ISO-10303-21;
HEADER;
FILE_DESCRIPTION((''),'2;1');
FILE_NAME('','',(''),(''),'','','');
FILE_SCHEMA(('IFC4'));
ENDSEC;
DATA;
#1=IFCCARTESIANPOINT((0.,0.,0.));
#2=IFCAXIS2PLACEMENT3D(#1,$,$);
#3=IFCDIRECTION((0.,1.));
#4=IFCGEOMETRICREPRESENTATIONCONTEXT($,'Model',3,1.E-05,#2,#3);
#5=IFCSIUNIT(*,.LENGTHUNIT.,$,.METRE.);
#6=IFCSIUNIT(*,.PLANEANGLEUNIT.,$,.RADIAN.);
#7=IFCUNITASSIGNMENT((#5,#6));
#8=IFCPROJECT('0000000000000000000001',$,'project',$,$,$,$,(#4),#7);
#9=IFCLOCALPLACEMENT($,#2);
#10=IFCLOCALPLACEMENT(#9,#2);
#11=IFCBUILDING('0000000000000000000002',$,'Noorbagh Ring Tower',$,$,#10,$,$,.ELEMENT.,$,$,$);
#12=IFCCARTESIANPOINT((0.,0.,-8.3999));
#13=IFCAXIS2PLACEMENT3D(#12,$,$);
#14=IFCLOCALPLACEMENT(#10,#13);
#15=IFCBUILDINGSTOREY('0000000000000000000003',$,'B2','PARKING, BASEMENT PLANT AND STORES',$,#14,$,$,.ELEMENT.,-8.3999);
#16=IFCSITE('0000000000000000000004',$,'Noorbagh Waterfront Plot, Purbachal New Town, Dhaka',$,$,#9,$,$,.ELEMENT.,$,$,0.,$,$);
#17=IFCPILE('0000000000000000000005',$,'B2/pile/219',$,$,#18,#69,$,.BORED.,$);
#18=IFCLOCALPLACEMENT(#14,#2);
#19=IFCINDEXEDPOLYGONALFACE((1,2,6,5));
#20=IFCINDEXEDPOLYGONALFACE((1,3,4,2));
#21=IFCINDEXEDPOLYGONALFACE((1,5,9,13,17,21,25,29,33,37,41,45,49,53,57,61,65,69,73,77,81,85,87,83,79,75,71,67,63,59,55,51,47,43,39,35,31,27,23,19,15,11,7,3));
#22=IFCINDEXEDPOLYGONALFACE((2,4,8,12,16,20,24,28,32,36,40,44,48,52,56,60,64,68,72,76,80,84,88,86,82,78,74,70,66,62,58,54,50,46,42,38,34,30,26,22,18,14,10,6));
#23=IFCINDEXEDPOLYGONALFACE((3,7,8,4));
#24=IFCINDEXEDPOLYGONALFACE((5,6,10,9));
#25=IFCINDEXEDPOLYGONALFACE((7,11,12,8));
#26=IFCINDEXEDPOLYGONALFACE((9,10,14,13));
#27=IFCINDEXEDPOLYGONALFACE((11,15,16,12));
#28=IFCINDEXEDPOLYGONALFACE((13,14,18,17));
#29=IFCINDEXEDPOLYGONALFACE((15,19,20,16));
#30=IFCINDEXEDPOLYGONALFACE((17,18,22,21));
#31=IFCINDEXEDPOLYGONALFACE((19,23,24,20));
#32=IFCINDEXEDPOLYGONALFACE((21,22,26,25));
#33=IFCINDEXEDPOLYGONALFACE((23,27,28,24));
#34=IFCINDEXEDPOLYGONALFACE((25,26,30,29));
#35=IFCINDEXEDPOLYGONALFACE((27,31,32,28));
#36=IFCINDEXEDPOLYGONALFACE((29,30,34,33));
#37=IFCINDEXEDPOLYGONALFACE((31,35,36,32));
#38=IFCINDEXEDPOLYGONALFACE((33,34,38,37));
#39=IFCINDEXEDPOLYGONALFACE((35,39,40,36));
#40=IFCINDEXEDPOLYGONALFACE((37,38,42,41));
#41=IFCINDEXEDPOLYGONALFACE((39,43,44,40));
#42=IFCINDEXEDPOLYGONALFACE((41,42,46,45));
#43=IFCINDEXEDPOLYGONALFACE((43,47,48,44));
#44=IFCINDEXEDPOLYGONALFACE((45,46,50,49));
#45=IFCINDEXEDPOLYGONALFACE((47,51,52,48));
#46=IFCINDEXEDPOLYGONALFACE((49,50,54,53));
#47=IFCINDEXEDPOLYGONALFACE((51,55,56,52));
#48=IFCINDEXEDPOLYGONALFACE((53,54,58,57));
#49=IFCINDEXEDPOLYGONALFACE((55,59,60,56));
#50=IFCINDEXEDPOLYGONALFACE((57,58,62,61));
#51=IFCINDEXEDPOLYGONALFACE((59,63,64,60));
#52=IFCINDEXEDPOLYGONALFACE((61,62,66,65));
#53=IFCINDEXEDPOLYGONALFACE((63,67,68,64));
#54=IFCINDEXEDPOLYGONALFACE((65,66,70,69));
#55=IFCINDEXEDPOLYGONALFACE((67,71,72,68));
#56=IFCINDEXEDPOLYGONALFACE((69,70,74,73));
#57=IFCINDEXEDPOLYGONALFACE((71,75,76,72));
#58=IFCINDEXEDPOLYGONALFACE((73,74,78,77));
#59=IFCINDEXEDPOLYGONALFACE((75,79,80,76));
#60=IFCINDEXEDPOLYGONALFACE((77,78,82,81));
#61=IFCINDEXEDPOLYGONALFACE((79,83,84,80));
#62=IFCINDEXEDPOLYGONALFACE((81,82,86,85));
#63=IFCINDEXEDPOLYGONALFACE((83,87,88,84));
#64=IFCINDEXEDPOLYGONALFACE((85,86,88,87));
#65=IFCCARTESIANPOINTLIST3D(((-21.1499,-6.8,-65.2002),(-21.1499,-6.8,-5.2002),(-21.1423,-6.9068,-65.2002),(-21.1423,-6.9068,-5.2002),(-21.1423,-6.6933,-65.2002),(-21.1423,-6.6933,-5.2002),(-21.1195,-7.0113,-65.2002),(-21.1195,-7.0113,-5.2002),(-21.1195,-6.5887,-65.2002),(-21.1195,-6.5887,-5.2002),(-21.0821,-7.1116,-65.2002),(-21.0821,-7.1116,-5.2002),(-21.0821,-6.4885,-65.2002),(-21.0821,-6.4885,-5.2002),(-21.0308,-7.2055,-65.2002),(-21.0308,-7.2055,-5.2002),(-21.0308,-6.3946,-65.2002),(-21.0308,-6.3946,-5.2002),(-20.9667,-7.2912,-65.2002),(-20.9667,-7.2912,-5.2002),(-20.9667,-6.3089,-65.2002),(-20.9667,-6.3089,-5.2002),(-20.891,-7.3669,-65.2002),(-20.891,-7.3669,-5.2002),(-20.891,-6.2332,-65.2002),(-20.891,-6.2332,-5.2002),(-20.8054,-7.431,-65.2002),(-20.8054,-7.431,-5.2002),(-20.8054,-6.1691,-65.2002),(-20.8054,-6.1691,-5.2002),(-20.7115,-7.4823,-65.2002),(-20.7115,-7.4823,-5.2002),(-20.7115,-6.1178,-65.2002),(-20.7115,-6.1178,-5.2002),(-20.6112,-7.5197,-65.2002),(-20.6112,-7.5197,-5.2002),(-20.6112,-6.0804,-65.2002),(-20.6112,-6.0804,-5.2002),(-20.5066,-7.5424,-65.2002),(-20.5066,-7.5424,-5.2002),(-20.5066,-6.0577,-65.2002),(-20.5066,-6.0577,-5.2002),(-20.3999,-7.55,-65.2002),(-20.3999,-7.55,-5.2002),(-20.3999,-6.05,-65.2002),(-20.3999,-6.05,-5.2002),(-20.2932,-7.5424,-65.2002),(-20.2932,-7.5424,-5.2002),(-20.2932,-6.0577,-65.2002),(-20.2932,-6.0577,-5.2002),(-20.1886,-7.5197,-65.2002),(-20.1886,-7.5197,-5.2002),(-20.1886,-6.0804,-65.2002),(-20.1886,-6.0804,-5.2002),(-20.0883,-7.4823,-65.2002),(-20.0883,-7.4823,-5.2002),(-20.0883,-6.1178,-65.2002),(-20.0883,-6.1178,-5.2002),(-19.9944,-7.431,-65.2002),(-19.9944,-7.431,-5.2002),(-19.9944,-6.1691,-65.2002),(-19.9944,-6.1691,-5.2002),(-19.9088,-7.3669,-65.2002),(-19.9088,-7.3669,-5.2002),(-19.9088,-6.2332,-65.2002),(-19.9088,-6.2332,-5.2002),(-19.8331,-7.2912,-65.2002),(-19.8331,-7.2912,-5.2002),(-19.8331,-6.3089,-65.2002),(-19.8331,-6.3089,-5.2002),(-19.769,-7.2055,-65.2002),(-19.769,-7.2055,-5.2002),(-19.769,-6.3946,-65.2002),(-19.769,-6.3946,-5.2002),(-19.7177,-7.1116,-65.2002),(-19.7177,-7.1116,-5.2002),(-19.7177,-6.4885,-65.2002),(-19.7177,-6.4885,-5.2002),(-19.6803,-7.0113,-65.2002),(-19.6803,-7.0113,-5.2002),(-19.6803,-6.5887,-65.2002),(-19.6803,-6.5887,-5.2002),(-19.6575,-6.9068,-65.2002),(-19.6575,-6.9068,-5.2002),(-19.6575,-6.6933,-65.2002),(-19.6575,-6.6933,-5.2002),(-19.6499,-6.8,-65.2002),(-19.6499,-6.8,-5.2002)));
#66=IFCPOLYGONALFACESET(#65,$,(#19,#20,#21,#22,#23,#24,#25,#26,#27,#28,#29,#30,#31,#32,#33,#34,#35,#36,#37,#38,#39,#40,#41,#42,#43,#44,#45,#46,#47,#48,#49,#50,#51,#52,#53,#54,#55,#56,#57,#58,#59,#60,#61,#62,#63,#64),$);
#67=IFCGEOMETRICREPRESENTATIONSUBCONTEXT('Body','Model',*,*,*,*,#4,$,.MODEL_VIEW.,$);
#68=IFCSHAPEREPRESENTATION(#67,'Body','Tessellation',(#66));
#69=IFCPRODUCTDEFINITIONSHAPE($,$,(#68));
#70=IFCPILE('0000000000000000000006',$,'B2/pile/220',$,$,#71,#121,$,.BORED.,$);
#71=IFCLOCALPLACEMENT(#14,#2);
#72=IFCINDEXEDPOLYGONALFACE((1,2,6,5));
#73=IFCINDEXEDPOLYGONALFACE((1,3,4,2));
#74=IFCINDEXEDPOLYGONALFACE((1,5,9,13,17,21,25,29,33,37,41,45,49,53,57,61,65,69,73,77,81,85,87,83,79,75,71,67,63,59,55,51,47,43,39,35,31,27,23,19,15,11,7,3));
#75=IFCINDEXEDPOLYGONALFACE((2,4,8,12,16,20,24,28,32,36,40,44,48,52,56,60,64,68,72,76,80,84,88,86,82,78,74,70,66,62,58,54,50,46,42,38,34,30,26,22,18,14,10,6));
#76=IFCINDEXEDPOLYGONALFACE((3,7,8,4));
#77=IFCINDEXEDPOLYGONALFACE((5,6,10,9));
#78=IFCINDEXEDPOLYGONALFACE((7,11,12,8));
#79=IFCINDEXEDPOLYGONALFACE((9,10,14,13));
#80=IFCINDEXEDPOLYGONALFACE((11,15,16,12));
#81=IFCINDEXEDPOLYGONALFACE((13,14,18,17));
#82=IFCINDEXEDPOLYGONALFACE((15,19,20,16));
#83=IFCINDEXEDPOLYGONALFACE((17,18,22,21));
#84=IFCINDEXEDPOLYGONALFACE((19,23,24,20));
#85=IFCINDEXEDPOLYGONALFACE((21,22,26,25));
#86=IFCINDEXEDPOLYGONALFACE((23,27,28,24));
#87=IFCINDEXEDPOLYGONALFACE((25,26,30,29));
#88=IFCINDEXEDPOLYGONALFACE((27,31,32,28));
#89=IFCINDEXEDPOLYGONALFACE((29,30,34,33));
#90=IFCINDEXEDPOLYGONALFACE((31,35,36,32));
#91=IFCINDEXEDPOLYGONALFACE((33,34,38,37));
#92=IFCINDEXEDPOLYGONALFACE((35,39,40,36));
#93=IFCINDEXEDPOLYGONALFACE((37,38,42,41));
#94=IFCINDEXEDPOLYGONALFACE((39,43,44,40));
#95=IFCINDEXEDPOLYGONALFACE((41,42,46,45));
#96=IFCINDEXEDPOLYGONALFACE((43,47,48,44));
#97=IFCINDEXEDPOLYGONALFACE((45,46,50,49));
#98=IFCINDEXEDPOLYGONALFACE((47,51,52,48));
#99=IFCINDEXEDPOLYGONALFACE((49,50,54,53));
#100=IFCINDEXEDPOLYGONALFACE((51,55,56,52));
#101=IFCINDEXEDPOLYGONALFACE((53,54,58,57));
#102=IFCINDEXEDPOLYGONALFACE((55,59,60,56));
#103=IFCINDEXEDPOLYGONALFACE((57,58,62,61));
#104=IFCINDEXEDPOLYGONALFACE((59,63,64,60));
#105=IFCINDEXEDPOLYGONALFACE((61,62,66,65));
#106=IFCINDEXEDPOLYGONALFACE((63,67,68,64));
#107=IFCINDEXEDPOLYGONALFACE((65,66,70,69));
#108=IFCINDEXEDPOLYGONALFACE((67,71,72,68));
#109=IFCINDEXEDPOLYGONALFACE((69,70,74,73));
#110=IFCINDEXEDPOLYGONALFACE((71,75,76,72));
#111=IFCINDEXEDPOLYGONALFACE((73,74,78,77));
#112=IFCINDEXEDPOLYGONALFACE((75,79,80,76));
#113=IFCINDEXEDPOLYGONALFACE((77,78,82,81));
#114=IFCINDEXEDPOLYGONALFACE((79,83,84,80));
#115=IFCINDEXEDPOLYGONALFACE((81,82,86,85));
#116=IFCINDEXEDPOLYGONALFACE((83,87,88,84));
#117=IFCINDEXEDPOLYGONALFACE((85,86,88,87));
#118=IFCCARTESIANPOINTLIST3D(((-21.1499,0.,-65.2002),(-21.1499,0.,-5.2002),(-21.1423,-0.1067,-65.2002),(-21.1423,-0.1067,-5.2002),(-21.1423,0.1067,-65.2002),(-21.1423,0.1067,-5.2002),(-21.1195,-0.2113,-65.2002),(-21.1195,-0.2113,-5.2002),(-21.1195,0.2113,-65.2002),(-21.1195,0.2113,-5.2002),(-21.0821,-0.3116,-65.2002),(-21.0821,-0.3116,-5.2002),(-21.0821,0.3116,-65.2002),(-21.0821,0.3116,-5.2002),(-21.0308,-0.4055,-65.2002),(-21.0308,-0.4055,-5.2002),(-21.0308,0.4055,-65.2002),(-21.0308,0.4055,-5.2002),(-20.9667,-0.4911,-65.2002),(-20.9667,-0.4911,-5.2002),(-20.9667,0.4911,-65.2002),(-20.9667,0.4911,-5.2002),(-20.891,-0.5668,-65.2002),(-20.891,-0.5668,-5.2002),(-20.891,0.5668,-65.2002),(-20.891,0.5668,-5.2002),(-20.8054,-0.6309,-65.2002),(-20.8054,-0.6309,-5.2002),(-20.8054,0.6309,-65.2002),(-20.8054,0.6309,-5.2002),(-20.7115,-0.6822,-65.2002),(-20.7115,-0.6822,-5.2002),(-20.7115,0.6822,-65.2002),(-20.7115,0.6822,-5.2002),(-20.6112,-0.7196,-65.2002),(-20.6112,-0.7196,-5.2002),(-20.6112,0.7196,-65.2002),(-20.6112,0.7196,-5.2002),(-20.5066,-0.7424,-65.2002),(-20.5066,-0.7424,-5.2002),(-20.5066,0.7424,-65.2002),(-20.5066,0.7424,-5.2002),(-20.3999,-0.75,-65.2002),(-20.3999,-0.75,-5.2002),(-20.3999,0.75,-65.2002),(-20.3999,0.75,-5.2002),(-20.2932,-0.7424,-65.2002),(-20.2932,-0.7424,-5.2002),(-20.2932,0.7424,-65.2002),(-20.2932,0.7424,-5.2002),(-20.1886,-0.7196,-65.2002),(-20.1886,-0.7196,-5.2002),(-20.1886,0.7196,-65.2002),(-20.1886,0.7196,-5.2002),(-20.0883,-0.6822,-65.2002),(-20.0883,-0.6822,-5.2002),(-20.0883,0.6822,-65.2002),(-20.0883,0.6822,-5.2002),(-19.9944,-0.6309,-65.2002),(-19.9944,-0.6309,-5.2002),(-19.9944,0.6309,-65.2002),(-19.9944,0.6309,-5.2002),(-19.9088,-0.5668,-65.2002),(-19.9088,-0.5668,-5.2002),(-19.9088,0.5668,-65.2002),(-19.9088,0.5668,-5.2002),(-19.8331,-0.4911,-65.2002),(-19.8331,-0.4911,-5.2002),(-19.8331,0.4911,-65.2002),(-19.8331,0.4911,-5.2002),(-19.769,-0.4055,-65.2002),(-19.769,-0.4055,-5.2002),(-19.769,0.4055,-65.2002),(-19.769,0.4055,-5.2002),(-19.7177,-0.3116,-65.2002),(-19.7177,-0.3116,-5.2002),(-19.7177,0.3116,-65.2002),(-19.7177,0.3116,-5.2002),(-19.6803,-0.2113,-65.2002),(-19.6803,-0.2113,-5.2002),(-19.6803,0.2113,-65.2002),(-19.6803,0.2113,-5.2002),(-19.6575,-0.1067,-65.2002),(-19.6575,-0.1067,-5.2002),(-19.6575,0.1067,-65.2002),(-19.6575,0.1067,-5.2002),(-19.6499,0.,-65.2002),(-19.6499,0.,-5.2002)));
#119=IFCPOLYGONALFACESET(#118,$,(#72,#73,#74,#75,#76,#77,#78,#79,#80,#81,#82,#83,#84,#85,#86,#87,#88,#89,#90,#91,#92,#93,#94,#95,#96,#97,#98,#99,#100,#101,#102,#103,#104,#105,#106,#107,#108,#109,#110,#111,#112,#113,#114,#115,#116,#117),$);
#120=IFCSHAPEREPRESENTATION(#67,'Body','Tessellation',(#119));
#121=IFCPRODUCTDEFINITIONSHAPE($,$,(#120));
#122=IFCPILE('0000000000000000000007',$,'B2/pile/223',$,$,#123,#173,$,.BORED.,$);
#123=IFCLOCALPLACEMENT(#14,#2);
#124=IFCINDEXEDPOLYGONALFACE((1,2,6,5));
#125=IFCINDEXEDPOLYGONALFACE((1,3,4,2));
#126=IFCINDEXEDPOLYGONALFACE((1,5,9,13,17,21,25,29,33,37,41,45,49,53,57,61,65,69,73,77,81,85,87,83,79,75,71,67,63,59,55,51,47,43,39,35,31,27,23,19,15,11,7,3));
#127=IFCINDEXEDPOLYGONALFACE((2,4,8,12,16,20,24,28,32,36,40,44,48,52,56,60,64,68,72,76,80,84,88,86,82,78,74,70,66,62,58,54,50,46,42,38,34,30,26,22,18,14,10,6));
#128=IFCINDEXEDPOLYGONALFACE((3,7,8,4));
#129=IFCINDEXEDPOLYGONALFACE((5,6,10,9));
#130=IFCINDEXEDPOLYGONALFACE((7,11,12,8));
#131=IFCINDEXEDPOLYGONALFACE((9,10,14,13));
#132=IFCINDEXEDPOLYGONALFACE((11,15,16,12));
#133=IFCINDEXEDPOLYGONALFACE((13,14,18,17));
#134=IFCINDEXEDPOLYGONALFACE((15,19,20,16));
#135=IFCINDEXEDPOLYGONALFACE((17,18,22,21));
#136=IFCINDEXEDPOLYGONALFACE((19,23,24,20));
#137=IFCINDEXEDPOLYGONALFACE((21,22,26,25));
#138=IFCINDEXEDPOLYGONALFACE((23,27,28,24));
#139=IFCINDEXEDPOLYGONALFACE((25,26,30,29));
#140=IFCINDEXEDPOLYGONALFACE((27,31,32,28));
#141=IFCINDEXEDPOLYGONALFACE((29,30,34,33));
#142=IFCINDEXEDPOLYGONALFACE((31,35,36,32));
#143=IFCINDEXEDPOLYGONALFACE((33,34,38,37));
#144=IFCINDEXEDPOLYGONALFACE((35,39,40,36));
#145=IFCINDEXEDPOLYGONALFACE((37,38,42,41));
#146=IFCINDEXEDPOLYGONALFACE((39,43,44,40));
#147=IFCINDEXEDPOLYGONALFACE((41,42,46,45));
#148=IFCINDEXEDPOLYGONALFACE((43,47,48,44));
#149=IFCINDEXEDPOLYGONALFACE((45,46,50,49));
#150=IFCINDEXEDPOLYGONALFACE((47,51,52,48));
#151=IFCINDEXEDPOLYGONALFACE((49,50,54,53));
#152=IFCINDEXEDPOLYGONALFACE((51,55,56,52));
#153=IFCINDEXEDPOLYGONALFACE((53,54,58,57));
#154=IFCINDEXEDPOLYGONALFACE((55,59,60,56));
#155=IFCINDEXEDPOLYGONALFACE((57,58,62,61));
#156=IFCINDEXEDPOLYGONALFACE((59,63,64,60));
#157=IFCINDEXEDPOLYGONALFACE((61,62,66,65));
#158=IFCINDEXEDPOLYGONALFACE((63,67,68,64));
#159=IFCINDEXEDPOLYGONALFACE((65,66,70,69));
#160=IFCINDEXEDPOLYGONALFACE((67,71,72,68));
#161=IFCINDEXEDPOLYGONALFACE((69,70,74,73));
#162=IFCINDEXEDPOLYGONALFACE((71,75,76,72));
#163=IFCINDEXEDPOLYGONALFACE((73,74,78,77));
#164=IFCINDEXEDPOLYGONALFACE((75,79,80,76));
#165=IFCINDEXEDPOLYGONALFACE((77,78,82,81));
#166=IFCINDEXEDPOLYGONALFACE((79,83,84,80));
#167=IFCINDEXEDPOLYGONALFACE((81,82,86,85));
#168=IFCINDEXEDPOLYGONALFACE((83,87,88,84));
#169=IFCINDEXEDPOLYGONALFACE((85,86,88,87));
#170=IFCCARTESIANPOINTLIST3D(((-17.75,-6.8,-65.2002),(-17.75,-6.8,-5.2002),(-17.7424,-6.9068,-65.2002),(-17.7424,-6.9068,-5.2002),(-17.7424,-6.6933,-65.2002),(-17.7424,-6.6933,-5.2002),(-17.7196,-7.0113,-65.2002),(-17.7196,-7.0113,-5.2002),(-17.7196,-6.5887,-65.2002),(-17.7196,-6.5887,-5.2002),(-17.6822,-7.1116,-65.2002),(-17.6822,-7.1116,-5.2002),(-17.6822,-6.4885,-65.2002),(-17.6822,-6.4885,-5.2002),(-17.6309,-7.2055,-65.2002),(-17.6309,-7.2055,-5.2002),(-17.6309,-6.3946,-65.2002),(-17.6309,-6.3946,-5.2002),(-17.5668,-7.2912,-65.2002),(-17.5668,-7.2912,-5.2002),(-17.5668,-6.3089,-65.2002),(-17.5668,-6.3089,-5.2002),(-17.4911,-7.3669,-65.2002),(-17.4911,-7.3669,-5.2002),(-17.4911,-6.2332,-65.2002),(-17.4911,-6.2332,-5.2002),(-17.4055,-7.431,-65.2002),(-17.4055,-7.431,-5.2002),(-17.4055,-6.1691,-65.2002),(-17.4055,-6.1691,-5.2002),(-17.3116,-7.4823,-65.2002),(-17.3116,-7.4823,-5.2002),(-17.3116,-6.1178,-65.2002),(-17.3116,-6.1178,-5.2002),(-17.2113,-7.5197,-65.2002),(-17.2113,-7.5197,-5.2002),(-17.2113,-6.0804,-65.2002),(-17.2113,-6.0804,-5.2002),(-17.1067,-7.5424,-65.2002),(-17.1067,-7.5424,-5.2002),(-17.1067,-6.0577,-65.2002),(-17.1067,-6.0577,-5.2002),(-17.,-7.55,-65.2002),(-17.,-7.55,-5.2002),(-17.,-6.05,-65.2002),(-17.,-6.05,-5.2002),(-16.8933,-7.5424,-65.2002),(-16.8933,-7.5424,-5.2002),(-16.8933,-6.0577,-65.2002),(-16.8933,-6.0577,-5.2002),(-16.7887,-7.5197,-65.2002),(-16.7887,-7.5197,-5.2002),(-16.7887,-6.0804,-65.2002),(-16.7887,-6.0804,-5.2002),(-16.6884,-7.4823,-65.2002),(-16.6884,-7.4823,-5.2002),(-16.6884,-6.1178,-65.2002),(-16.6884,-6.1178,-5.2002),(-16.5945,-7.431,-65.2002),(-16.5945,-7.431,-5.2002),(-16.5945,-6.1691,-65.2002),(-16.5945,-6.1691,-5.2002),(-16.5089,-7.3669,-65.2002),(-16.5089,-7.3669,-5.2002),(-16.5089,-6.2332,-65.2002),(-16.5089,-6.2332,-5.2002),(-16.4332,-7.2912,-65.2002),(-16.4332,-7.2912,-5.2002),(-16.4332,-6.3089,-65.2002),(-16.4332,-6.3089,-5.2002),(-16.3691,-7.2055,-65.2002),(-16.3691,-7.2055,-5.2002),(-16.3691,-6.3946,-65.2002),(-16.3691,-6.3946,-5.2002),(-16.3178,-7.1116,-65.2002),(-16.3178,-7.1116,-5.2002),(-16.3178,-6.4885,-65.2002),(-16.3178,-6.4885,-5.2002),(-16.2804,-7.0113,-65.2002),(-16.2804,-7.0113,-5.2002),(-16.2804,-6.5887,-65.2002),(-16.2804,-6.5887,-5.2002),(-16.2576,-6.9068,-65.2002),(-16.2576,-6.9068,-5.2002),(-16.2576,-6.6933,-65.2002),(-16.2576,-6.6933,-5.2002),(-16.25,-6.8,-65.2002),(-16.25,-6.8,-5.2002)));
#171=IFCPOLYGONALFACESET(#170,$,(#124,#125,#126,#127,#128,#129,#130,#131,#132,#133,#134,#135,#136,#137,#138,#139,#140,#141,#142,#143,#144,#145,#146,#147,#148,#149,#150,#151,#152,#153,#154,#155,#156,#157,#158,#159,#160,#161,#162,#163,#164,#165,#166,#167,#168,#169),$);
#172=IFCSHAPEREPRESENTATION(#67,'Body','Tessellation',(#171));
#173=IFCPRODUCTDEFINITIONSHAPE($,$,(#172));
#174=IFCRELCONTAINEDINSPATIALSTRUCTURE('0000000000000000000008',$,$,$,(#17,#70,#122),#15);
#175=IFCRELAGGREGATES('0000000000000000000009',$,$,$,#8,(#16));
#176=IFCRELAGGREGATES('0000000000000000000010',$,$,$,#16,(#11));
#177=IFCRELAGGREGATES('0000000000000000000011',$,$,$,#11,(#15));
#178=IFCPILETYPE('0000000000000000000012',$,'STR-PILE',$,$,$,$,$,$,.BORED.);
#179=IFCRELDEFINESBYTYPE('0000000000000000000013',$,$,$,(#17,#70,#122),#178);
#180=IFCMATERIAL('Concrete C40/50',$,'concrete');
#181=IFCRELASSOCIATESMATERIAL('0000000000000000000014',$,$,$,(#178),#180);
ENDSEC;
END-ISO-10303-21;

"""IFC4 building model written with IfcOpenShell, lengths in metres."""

from ifc_helpers import new_model, si_unit, direction, frame, origin, origin_2d, place, context, subcontext, project, spatial, circle, extrude, material, material_profile, profile_set, type_object, element, save


model = new_model("IFC4")

# Units and contexts
model_context = context("Model", 3, precision=1e-05, world=origin(), true_north=direction((0.0, 1.0)))
body_context = subcontext(model_context, "Body", "Model", "MODEL_VIEW")
ifc_project = project(units=[si_unit("LENGTHUNIT", "METRE"), si_unit("PLANEANGLEUNIT", "RADIAN")], contexts=[model_context])

# Site, building, storey
site_placement = place(None, origin())
site = spatial("IfcSite", under=ifc_project, at=site_placement, Name="Noorbagh Waterfront Plot, Purbachal New Town, Dhaka", CompositionType="ELEMENT", RefElevation=0.0)
building_placement = place(site_placement, origin())
building = spatial("IfcBuilding", under=site, at=building_placement, Name="Noorbagh Ring Tower", CompositionType="ELEMENT")
storey_placement = place(building_placement, frame((0.0, 0.0, -8.3999)))
storey = spatial("IfcBuildingStorey", under=building, at=storey_placement, Name="B2", Description="PARKING, BASEMENT PLANT AND STORES", CompositionType="ELEMENT", Elevation=-8.3999)

# Piles
ifc_material_1 = material(Name="Concrete C40/50", Category="concrete")
ifc_material_profile = material_profile(ifc_material_1, circle(Radius=0.75, at=origin_2d()), Name="PILE1500")
ifc_profile_set = profile_set([ifc_material_profile], Name="Concrete C40/50")
pile_type = type_object("IfcPileType", Name="STR-PILE", PredefinedType="BORED", material=ifc_profile_set)
for number, where, z_axis, x_axis, name in (
    (1, (-20.3999, -6.8, -5.2002), (0.0, 0.0, -1.0), (1.0, 0.0, 0.0), "B2/pile/219"),
    (2, (-20.3999, 0.0, -5.2002), (0.0, 0.0, -1.0), (1.0, 0.0, 0.0), "B2/pile/220"),
    (3, (-17.0, -6.8, -5.2002), (0.0, 0.0, -1.0), (1.0, 0.0, 0.0), "B2/pile/223"),
):
    element("IfcPile", number, at=place(storey_placement, frame(where, z_axis=z_axis, x_axis=x_axis)), inside=storey, type_object=pile_type, Name=name, PredefinedType="BORED", context=body_context, shape_type="SweptSolid", body=[
        extrude(circle(Radius=0.75, at=origin_2d()), origin(), (0.0, 0.0, 1.0), 60.0),
    ])

save(model, "model.ifc")
